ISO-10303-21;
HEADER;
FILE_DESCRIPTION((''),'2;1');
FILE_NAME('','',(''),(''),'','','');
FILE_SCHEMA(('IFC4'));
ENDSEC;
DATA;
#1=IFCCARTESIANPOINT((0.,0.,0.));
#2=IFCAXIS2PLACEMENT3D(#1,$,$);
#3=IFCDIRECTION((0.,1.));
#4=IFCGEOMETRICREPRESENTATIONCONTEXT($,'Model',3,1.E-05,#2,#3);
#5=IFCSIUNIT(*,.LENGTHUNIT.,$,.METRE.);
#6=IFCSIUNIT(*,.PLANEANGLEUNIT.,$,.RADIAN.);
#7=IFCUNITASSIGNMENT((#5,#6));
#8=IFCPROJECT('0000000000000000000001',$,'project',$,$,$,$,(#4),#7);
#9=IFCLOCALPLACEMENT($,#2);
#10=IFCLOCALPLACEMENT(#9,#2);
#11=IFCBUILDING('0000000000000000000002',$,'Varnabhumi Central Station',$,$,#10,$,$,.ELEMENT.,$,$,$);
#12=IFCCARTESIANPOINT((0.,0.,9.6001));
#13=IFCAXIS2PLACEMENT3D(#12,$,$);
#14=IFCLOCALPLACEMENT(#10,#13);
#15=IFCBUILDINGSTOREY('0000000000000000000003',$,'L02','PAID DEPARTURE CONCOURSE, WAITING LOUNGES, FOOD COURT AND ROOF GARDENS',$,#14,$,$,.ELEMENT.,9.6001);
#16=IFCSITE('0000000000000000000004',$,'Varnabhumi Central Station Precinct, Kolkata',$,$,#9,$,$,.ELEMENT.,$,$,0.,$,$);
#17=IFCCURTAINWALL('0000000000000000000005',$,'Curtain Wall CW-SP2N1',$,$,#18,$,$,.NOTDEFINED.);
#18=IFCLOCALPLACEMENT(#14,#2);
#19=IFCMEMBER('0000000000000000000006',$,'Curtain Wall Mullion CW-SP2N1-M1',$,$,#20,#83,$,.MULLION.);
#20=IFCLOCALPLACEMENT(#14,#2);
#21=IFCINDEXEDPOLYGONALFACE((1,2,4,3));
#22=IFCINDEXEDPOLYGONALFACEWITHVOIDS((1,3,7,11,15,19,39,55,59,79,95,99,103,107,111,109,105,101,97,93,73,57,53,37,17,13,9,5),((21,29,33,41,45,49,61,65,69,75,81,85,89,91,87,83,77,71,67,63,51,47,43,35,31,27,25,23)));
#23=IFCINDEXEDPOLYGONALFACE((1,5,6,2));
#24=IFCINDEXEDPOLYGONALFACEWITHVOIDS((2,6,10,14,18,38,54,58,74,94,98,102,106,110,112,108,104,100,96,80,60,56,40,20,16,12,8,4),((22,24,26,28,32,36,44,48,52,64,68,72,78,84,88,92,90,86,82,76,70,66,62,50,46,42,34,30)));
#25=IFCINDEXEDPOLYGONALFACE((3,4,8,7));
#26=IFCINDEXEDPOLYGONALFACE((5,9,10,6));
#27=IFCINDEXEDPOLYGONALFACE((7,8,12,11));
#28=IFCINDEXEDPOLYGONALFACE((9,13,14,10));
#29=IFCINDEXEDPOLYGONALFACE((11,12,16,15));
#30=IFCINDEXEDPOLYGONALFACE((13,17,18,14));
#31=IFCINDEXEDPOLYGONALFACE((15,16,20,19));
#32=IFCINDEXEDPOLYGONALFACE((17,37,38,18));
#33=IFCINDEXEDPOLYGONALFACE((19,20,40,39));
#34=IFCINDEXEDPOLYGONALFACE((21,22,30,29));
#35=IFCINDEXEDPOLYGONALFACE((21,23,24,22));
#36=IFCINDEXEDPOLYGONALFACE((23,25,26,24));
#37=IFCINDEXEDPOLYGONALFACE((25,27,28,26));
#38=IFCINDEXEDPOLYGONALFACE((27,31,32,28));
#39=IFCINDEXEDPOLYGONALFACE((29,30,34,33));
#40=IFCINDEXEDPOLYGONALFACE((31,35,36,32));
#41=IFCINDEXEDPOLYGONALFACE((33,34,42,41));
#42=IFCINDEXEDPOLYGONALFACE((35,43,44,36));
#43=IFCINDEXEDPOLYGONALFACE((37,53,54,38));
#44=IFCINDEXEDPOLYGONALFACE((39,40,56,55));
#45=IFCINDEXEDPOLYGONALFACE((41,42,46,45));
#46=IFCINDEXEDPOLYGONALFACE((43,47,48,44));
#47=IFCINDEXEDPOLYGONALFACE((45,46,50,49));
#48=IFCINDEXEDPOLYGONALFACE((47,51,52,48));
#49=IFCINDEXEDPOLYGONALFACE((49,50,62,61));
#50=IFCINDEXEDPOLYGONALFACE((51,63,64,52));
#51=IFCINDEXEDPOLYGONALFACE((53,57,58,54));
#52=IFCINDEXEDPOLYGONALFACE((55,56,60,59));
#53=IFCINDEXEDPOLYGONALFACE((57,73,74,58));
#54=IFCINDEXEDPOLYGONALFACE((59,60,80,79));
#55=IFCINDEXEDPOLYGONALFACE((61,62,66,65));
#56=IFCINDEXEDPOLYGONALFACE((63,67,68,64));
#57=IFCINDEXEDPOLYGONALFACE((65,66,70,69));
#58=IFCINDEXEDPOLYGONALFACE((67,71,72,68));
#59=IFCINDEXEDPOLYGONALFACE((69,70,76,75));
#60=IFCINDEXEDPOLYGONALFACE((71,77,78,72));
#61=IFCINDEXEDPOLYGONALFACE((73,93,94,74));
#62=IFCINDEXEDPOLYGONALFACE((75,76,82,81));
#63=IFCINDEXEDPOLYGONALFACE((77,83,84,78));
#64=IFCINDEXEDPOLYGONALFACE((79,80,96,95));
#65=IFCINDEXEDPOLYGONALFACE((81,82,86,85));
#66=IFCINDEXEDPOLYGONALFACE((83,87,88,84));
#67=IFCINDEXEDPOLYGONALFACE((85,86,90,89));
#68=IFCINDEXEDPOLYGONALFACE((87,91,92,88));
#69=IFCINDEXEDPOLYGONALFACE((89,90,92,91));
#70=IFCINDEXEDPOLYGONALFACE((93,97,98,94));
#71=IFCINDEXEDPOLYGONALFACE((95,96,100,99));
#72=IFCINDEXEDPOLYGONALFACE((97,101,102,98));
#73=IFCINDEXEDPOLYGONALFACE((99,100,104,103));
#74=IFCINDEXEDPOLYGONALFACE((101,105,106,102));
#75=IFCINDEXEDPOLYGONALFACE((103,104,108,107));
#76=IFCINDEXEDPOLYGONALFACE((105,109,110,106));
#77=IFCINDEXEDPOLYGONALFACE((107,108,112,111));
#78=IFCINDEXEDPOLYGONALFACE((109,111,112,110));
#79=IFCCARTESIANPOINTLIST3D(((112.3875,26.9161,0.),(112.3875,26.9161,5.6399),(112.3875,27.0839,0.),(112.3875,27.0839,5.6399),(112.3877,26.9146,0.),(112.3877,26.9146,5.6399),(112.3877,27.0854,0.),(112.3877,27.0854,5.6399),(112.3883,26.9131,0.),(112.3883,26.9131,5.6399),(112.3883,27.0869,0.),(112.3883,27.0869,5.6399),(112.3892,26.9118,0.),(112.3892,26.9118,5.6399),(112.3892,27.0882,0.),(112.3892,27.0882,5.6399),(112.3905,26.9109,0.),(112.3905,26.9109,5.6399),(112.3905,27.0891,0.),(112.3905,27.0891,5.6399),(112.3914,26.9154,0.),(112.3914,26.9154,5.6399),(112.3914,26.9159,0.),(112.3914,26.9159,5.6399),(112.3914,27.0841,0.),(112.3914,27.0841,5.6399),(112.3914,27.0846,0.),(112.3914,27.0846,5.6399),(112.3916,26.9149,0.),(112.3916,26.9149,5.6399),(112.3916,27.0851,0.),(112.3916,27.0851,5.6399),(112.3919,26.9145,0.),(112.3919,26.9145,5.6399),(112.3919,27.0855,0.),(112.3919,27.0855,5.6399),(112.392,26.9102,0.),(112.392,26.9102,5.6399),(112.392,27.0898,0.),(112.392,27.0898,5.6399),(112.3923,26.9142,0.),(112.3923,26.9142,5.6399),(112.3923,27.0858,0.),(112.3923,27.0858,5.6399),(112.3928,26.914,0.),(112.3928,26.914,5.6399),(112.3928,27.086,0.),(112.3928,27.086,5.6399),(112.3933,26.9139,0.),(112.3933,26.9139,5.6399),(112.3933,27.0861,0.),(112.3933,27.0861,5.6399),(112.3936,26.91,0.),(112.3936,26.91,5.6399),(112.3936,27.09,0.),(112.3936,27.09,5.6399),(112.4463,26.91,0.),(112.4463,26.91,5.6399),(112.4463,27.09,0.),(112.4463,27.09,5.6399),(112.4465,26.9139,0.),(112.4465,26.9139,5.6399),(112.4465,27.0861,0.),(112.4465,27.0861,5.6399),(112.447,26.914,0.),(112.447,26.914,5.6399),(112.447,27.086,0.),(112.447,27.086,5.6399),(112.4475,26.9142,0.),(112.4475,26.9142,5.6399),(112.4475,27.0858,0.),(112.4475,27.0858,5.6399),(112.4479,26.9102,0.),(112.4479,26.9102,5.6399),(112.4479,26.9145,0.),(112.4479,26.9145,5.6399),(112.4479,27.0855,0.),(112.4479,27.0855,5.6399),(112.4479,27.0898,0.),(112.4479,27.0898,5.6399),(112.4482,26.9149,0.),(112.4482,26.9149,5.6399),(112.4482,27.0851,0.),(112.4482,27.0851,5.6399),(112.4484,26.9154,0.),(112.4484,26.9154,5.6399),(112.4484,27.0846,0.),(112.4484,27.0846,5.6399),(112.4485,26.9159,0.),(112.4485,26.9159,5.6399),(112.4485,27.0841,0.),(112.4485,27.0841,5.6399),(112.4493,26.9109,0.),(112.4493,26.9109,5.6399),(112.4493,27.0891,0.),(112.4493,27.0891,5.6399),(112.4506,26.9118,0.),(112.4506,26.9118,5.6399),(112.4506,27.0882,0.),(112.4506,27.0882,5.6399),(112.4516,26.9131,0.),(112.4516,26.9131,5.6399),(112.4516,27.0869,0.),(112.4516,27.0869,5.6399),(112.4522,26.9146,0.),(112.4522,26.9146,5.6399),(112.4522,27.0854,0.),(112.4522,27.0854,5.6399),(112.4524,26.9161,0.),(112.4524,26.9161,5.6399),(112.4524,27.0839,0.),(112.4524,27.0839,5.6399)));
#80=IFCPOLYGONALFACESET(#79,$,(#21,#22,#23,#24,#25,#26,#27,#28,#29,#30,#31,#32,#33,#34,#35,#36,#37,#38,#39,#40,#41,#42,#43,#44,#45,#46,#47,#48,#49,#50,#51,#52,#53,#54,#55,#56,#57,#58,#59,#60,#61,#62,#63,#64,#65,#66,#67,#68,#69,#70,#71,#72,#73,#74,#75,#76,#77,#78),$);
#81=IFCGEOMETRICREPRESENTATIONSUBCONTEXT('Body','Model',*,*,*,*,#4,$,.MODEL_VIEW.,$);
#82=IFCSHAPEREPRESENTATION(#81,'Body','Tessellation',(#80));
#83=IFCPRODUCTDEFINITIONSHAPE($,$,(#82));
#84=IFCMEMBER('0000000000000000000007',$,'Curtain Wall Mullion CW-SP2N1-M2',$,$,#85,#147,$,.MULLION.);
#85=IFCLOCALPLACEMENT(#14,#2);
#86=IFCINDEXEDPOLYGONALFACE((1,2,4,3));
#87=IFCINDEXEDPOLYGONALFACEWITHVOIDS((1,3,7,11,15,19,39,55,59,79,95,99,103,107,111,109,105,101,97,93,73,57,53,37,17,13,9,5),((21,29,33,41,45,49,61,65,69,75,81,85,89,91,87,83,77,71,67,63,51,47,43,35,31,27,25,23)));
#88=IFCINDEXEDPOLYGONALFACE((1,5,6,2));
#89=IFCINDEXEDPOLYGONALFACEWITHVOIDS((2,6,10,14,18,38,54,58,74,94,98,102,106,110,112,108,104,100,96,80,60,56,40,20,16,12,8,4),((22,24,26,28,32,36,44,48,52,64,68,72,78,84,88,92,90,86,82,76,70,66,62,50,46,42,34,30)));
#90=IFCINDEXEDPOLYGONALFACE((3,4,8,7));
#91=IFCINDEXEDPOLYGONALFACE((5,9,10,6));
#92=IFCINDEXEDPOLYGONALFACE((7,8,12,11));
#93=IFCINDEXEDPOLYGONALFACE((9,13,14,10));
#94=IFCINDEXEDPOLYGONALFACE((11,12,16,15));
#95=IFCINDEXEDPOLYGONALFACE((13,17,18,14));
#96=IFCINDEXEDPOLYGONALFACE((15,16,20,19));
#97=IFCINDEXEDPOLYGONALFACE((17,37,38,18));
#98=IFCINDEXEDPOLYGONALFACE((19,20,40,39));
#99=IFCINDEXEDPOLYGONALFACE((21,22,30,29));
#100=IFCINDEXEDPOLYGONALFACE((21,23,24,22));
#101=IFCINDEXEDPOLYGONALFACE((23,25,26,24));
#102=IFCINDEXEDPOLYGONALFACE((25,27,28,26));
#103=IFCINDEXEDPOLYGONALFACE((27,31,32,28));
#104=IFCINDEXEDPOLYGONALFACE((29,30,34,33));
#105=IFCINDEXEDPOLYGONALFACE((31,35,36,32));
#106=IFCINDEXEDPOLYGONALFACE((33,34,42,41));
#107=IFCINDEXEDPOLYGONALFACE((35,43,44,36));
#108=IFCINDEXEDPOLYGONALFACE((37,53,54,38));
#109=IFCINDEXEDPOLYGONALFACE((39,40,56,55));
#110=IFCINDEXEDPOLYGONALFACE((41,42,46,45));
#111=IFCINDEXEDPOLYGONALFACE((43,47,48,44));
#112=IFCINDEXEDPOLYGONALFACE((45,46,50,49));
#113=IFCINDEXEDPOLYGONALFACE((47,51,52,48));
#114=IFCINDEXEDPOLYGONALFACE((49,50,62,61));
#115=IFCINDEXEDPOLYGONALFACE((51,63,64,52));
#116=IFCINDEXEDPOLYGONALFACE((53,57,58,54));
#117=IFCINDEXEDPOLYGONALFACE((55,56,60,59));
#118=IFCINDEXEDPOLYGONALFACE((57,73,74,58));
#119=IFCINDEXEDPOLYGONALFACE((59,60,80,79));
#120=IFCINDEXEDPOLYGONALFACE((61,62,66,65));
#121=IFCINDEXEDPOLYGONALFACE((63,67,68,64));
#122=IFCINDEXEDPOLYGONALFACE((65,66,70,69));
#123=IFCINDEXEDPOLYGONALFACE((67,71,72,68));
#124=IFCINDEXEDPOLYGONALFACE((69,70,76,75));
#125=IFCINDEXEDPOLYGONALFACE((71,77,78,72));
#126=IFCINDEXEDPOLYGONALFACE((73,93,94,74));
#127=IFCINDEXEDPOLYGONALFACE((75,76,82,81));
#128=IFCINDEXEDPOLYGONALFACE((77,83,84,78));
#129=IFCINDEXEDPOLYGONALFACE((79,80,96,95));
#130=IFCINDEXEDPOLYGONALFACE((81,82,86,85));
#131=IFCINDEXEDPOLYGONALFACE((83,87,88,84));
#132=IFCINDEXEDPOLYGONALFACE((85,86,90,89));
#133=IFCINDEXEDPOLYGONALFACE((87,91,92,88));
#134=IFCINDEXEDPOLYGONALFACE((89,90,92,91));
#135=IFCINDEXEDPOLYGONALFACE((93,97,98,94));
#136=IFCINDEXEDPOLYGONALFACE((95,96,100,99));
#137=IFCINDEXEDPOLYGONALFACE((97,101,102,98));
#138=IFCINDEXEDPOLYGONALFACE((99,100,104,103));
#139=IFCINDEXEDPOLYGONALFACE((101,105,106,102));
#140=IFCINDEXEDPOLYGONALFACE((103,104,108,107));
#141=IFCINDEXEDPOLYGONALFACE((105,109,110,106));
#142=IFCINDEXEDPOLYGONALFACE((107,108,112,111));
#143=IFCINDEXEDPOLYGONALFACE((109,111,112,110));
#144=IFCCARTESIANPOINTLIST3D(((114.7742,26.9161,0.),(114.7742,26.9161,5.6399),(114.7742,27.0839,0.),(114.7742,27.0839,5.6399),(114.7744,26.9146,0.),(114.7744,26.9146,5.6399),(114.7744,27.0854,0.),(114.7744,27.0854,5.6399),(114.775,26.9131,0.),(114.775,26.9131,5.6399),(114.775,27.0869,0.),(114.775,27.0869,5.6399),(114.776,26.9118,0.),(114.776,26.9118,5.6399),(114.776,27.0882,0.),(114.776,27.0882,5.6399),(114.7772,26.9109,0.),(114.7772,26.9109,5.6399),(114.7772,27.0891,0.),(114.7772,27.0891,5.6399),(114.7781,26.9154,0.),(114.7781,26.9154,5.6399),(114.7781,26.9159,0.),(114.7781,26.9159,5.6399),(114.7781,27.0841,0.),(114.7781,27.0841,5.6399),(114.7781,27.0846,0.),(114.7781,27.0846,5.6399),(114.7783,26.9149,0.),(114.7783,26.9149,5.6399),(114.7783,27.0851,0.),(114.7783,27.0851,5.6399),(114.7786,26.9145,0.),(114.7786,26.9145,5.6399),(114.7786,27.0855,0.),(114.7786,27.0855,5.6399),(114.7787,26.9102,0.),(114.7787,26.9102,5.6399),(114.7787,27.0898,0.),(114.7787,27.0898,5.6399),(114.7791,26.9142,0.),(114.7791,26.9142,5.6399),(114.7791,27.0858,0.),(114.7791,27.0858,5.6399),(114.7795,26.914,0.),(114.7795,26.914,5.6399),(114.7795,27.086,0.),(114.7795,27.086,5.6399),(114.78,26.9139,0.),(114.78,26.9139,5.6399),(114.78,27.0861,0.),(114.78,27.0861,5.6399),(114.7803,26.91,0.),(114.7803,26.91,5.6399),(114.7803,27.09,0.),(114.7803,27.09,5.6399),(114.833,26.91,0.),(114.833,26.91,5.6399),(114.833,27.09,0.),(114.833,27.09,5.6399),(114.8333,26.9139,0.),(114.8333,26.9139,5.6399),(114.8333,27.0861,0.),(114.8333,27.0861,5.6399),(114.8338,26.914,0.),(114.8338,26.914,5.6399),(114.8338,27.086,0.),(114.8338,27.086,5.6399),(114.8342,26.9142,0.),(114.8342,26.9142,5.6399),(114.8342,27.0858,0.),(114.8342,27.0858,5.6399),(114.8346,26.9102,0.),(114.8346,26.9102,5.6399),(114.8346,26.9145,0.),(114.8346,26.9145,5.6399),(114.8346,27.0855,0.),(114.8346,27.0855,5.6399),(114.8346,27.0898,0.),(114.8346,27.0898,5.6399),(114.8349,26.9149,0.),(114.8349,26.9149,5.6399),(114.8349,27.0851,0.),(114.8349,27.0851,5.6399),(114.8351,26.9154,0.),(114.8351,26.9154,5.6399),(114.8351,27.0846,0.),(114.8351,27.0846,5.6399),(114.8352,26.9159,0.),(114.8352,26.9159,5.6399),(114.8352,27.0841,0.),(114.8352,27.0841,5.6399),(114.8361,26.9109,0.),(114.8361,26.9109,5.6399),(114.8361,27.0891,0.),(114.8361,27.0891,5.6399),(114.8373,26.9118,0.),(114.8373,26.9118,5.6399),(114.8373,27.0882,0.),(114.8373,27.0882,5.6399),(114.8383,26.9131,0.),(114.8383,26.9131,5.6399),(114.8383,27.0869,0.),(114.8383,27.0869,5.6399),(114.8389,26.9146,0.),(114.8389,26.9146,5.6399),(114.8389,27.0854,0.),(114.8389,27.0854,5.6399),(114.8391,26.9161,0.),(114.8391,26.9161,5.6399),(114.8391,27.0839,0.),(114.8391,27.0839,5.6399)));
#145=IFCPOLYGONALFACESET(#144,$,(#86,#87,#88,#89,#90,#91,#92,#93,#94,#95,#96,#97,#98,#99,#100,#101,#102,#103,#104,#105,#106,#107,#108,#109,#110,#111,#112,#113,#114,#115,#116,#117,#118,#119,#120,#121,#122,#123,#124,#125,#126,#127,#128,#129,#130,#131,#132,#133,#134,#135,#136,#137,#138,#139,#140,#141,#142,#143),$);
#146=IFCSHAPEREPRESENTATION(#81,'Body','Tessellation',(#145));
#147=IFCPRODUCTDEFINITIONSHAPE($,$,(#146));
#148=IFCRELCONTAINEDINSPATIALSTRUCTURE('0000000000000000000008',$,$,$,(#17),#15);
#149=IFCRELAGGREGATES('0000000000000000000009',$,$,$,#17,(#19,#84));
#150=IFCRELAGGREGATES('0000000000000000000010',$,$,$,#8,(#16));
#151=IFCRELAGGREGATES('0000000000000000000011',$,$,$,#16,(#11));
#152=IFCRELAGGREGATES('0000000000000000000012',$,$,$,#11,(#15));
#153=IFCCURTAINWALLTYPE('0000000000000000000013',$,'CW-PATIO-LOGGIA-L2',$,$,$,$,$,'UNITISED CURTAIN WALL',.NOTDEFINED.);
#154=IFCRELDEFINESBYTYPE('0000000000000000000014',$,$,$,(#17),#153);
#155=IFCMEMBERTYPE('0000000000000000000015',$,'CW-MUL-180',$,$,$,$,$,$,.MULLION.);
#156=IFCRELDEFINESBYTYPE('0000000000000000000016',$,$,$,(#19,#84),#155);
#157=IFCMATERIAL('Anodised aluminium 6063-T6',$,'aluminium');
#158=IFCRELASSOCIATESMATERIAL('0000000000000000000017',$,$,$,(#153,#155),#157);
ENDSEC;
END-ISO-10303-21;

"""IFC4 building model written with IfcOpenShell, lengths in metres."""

from ifc_helpers import new_model, si_unit, direction, frame, origin, origin_2d, place, context, subcontext, project, spatial, hollow_rectangle, extrude, material, material_profile, profile_set, type_object, element, aggregate, save


model = new_model("IFC4")

# Units and contexts
model_context = context("Model", 3, precision=1e-05, world=origin(), true_north=direction((0.0, 1.0)))
body_context = subcontext(model_context, "Body", "Model", "MODEL_VIEW")
ifc_project = project(units=[si_unit("LENGTHUNIT", "METRE"), si_unit("PLANEANGLEUNIT", "RADIAN")], contexts=[model_context])

# Site, building, storey
site_placement = place(None, origin())
site = spatial("IfcSite", under=ifc_project, at=site_placement, Name="Varnabhumi Central Station Precinct, Kolkata", CompositionType="ELEMENT", RefElevation=0.0)
building_placement = place(site_placement, origin())
building = spatial("IfcBuilding", under=site, at=building_placement, Name="Varnabhumi Central Station", CompositionType="ELEMENT")
storey_placement = place(building_placement, frame((0.0, 0.0, 9.6001)))
storey = spatial("IfcBuildingStorey", under=building, at=storey_placement, Name="L02", Description="PAID DEPARTURE CONCOURSE, WAITING LOUNGES, FOOD COURT AND ROOF GARDENS", CompositionType="ELEMENT", Elevation=9.6001)

# Curtain wall, members
ifc_material_1 = material(Name="Anodised aluminium 6063-T6", Category="aluminium")
curtain_wall_type = type_object("IfcCurtainWallType", Name="CW-PATIO-LOGGIA-L2", ElementType="UNITISED CURTAIN WALL", PredefinedType="NOTDEFINED", material=ifc_material_1)
ifc_material_profile_1 = material_profile(ifc_material_1, hollow_rectangle(XDim=0.0649, YDim=0.1799, WallThickness=0.0039, InnerFilletRadius=0.002, OuterFilletRadius=0.0061, at=origin_2d()), Name="Anodised aluminium 6063-T6", Category="aluminium")
ifc_profile_set_1 = profile_set([ifc_material_profile_1], Name="Anodised aluminium 6063-T6")
member_type_1 = type_object("IfcMemberType", Name="CW-MUL-180", PredefinedType="MULLION", material=ifc_profile_set_1)
curtain_wall_1_placement = place(storey_placement, origin())
curtain_wall_1 = element("IfcCurtainWall", 1, at=curtain_wall_1_placement, inside=storey, type_object=curtain_wall_type, Name="Curtain Wall CW-SP2N1", PredefinedType="NOTDEFINED")
member_1_placement = place(storey_placement, frame((112.4199, 27.0, 0.0), z_axis=(0.0, 0.0, 1.0), x_axis=(1.0, 0.0, 0.0)))
member_1 = element("IfcMember", 2, at=member_1_placement, type_object=member_type_1, Name="Curtain Wall Mullion CW-SP2N1-M1", PredefinedType="MULLION", context=body_context, shape_type="SweptSolid", body=[
    extrude(hollow_rectangle(XDim=0.0649, YDim=0.1799, WallThickness=0.0039, InnerFilletRadius=0.002, OuterFilletRadius=0.0061, at=origin_2d()), origin(), (0.0, 0.0, 1.0), 5.6399),
])
member_2_placement = place(storey_placement, frame((114.8066, 27.0, 0.0), z_axis=(0.0, 0.0, 1.0), x_axis=(1.0, 0.0, 0.0)))
member_2 = element("IfcMember", 3, at=member_2_placement, type_object=member_type_1, Name="Curtain Wall Mullion CW-SP2N1-M2", PredefinedType="MULLION", context=body_context, shape_type="SweptSolid", body=[
    extrude(hollow_rectangle(XDim=0.0649, YDim=0.1799, WallThickness=0.0039, InnerFilletRadius=0.002, OuterFilletRadius=0.0061, at=origin_2d()), origin(), (0.0, 0.0, 1.0), 5.6399),
])

aggregate(curtain_wall_1, [member_1, member_2])

save(model, "model.ifc")
